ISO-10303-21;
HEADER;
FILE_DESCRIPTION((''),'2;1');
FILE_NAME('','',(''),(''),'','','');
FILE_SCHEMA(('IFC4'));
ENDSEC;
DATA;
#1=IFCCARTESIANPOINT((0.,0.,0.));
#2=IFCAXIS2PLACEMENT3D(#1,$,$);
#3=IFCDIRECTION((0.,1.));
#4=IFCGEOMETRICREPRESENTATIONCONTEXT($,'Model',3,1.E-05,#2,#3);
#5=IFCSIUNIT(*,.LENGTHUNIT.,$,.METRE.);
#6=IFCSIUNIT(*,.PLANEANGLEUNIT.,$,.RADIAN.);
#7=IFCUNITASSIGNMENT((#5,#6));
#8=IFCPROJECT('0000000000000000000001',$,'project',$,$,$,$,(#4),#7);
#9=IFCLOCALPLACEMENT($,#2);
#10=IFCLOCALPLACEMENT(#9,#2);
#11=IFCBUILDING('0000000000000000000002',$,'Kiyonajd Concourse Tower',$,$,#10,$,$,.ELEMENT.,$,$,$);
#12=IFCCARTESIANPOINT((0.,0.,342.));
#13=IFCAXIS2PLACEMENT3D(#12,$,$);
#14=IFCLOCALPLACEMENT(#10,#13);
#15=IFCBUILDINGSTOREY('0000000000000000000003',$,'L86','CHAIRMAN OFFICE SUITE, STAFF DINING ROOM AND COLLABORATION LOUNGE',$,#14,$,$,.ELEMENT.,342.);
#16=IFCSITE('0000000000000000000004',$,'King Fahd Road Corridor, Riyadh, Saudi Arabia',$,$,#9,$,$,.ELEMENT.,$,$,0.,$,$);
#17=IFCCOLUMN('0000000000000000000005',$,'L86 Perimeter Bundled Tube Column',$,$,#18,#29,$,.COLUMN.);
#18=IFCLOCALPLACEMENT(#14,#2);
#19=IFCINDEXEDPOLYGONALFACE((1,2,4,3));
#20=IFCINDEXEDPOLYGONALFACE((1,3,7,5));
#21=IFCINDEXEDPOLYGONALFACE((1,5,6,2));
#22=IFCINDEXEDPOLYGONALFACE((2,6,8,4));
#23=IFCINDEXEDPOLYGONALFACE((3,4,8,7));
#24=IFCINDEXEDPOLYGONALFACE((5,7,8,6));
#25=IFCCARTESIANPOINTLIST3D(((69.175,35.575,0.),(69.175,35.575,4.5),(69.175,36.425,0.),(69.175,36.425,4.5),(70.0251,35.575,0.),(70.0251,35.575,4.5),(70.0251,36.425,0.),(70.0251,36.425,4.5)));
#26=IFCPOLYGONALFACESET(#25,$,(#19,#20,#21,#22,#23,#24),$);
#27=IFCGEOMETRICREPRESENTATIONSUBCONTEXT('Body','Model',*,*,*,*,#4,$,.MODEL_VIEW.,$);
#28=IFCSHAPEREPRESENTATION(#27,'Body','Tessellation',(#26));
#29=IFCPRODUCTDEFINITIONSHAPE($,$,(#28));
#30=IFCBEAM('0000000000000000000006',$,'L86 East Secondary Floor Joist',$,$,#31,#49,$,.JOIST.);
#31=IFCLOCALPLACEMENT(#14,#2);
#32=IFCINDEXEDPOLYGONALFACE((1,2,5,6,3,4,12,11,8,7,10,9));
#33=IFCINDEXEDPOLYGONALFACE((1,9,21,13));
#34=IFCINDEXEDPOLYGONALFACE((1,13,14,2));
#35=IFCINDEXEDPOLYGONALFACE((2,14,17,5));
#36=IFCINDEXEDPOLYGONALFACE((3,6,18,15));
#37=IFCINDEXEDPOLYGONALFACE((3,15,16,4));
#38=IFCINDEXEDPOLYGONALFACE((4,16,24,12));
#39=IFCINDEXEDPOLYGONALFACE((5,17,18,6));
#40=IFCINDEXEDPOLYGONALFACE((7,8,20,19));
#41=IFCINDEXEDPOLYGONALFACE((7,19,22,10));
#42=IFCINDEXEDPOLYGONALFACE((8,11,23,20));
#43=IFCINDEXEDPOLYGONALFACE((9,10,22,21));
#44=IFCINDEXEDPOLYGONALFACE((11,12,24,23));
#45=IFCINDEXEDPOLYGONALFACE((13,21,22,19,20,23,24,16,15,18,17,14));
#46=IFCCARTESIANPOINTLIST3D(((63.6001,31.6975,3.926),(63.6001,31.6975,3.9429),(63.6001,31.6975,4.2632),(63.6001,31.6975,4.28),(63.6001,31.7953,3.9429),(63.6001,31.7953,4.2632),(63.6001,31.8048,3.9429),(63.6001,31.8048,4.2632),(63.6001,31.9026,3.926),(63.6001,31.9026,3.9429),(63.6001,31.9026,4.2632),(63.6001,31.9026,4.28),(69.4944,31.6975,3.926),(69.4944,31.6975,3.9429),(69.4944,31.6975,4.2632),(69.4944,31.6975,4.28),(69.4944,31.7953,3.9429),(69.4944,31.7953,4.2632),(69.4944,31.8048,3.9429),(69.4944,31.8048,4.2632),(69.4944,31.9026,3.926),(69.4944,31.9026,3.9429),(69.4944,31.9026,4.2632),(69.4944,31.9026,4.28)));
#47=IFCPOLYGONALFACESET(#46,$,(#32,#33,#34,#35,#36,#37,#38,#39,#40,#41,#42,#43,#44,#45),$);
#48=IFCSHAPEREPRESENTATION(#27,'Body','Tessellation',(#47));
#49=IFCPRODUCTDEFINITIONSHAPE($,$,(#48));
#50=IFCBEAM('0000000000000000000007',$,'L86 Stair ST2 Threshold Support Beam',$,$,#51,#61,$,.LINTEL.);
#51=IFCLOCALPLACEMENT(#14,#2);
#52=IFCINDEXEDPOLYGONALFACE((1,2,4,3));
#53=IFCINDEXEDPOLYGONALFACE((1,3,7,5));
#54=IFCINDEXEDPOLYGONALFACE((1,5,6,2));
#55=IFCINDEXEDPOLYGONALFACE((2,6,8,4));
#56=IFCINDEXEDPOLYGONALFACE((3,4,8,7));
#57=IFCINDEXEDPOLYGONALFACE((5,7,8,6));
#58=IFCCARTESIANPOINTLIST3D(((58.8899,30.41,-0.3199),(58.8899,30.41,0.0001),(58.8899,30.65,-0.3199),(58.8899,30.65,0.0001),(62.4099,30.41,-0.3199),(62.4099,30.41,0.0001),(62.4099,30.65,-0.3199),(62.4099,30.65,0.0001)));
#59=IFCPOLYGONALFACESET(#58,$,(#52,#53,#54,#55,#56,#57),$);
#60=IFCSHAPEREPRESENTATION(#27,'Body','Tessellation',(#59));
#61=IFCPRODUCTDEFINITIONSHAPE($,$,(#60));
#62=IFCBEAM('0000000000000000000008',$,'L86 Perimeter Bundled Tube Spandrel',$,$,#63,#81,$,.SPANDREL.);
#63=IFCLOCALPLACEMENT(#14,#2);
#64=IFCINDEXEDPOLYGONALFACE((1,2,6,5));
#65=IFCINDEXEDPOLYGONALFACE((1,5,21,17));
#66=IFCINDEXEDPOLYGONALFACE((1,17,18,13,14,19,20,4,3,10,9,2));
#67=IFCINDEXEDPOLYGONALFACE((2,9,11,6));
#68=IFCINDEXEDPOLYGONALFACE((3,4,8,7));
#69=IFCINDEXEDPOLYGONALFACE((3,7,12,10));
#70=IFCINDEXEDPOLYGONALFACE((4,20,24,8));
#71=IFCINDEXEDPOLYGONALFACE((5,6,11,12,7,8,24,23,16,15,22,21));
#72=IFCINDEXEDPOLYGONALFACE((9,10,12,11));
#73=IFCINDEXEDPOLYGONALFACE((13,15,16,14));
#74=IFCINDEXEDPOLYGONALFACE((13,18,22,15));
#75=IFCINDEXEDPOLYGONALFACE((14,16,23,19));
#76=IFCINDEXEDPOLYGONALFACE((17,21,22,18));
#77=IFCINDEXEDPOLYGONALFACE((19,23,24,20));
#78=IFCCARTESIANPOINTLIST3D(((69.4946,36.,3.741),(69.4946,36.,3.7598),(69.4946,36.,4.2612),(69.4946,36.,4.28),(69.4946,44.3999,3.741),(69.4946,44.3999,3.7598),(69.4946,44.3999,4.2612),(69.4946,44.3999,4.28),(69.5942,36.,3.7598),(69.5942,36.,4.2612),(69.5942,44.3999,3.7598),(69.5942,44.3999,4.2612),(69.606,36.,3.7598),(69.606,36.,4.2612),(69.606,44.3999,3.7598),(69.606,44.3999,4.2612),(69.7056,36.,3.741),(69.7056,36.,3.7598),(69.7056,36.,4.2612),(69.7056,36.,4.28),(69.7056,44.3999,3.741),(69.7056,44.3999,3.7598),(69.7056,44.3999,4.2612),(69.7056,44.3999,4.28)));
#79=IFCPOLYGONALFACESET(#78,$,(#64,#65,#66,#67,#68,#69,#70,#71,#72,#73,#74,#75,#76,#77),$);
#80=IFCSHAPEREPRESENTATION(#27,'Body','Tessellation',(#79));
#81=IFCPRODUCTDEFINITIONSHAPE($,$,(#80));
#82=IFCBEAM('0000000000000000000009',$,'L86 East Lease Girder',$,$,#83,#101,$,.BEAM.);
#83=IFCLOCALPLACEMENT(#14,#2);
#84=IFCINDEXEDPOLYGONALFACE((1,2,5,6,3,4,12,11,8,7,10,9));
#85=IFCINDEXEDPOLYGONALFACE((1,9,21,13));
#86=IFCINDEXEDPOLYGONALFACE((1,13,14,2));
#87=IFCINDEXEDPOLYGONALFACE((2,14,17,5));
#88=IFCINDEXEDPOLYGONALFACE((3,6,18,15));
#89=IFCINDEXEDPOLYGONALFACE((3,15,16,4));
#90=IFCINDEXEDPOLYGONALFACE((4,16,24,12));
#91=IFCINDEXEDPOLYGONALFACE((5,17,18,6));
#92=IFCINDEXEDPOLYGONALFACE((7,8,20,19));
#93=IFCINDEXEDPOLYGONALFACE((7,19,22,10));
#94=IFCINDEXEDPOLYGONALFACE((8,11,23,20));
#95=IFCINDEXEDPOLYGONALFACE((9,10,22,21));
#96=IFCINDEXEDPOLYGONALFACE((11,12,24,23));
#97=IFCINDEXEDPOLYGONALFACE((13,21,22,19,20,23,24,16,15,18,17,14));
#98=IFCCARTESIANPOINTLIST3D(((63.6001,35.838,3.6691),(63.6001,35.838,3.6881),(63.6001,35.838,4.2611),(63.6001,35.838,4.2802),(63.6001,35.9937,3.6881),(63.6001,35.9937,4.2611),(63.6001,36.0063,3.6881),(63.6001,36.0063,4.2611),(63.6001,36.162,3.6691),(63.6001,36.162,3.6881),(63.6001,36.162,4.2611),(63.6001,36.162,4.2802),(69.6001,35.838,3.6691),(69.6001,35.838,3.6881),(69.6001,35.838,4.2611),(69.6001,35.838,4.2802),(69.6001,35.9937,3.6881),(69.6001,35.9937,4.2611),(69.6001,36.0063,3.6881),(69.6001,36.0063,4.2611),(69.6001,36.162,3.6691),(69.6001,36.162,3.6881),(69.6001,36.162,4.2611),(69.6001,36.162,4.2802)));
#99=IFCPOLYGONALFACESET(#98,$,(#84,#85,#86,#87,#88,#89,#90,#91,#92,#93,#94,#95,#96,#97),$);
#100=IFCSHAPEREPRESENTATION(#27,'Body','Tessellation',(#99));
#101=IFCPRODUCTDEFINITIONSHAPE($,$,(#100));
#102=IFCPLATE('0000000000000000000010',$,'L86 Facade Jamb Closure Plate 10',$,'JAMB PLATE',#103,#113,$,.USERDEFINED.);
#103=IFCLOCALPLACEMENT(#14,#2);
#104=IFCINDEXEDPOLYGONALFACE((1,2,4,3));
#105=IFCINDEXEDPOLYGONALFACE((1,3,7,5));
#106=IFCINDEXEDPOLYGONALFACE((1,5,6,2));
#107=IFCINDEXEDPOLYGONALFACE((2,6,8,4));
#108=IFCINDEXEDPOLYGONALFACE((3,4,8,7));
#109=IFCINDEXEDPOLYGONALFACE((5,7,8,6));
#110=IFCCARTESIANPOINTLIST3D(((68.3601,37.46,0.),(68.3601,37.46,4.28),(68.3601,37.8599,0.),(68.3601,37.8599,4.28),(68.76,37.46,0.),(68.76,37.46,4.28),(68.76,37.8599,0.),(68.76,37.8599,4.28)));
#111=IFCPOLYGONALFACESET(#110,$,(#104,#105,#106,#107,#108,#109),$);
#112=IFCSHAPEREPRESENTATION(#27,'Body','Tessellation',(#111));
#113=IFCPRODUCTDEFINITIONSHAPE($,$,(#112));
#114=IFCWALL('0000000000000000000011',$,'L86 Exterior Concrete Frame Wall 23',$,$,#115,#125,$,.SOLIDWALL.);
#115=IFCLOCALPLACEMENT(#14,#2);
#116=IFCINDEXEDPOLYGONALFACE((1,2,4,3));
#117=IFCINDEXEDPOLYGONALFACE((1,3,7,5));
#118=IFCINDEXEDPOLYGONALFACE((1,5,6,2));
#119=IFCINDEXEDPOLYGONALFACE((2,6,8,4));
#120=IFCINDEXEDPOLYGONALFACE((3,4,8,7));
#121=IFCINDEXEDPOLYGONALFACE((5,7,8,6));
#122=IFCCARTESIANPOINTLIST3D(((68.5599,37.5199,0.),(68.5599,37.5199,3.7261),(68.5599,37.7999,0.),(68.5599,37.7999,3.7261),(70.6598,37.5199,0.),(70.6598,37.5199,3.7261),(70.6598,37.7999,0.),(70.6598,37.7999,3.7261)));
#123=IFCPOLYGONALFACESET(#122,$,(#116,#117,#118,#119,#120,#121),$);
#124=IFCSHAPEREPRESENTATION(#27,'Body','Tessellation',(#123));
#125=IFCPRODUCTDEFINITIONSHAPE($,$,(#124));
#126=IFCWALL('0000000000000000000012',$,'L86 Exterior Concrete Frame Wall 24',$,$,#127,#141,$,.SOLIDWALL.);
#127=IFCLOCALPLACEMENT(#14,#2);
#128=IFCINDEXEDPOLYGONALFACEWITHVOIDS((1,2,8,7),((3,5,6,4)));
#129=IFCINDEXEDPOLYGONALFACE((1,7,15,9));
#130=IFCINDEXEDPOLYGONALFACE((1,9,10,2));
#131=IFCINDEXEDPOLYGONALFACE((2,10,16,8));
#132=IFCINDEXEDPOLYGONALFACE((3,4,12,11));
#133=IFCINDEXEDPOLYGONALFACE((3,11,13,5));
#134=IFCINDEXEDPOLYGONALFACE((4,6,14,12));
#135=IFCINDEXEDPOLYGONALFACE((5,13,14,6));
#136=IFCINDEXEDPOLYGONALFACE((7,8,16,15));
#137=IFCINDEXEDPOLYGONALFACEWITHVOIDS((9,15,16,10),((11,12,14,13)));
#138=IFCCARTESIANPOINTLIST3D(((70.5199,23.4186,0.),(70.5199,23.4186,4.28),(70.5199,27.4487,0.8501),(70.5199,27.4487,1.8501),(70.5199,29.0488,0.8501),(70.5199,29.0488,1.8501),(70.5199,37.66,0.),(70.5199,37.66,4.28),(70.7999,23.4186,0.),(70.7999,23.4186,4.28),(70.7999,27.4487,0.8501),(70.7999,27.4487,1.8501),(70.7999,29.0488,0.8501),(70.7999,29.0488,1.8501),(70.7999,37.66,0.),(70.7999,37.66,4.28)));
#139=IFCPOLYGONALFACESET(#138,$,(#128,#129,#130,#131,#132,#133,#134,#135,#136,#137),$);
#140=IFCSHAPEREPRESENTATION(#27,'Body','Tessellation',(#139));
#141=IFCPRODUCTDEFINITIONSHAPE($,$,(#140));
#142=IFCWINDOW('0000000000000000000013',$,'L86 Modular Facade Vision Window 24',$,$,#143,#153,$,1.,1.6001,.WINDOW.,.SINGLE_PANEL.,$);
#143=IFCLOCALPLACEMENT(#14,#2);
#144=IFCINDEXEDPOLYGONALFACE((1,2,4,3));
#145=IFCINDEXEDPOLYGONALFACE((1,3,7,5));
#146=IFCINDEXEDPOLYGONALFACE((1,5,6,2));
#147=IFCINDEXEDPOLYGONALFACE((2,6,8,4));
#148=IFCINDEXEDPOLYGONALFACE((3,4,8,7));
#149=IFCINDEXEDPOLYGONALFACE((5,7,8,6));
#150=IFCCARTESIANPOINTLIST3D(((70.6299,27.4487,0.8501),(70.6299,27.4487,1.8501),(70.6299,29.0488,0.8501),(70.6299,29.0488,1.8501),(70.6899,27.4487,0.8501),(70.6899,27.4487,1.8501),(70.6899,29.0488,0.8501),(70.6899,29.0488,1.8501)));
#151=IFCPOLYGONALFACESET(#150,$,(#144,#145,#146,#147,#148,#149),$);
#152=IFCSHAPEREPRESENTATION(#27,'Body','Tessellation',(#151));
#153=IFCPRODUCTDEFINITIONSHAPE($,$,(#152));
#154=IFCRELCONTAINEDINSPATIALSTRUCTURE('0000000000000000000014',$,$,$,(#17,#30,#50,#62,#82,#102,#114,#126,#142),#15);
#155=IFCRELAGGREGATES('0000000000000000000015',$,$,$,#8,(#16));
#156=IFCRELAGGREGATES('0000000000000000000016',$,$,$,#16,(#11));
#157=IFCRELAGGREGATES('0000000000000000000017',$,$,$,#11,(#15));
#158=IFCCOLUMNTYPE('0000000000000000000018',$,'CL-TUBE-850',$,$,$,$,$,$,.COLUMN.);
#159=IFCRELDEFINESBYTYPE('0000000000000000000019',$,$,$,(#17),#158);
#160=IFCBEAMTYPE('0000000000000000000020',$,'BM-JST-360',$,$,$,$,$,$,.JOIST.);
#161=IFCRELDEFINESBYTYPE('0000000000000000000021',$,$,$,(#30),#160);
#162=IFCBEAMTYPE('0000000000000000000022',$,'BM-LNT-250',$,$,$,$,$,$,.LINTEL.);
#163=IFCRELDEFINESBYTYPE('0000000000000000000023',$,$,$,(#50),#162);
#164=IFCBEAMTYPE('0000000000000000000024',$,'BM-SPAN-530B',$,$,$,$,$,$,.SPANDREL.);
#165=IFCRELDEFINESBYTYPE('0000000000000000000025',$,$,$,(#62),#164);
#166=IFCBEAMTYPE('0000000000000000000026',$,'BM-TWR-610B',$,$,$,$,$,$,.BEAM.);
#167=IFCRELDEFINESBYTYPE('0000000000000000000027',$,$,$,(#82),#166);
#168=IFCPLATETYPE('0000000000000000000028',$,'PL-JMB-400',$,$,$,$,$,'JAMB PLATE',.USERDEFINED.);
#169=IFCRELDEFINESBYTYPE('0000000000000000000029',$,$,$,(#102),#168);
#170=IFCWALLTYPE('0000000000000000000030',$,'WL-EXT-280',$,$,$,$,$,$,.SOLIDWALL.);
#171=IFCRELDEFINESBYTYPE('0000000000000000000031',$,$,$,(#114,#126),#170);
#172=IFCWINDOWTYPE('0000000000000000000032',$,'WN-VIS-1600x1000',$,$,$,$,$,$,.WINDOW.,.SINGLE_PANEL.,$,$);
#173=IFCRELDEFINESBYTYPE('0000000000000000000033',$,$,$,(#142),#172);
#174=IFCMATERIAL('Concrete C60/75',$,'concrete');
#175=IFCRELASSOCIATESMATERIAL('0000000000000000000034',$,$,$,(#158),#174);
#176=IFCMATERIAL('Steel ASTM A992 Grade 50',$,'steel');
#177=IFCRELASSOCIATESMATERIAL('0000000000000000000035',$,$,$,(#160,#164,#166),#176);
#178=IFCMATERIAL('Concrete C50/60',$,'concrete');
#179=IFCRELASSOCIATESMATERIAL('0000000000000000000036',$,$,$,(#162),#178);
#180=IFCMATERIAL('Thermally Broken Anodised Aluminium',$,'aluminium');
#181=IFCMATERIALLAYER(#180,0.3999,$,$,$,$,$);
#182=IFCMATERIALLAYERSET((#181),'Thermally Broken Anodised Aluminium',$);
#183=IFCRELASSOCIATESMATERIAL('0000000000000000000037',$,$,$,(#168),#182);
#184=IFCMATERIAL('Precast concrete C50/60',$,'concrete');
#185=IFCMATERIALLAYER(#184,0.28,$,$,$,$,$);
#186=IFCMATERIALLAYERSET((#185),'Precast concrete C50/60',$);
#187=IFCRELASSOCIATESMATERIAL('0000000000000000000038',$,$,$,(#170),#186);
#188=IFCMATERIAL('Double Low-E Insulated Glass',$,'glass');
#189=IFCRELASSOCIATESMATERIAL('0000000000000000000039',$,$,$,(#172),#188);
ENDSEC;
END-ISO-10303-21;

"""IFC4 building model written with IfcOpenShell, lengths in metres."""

from ifc_helpers import new_model, si_unit, direction, frame, frame_2d, origin, origin_2d, place, context, subcontext, project, spatial, rectangle, i_section, extrude, material, layer, layer_set, material_profile, profile_set, type_object, element, fill, save


model = new_model("IFC4")

# Units and contexts
model_context = context("Model", 3, precision=1e-05, world=origin(), true_north=direction((0.0, 1.0)))
body_context = subcontext(model_context, "Body", "Model", "MODEL_VIEW")
ifc_project = project(units=[si_unit("LENGTHUNIT", "METRE"), si_unit("PLANEANGLEUNIT", "RADIAN")], contexts=[model_context])

# Site, building, storey
site_placement = place(None, origin())
site = spatial("IfcSite", under=ifc_project, at=site_placement, Name="King Fahd Road Corridor, Riyadh, Saudi Arabia", CompositionType="ELEMENT", RefElevation=0.0)
building_placement = place(site_placement, origin())
building = spatial("IfcBuilding", under=site, at=building_placement, Name="Kiyonajd Concourse Tower", CompositionType="ELEMENT")
storey_placement = place(building_placement, frame((0.0, 0.0, 342.0)))
storey = spatial("IfcBuildingStorey", under=building, at=storey_placement, Name="L86", Description="CHAIRMAN OFFICE SUITE, STAFF DINING ROOM AND COLLABORATION LOUNGE", CompositionType="ELEMENT", Elevation=342.0)

# Column
ifc_material_1 = material(Name="Concrete C60/75", Category="concrete")
ifc_material_profile_1 = material_profile(ifc_material_1, rectangle(XDim=0.8501, YDim=0.8501, at=origin_2d()), Name="RC-850x850")
ifc_profile_set_1 = profile_set([ifc_material_profile_1], Name="Concrete C60/75")
column_type = type_object("IfcColumnType", Name="CL-TUBE-850", PredefinedType="COLUMN", material=ifc_profile_set_1)
column_placement = place(storey_placement, frame((69.6001, 36.0, 0.0), z_axis=(0.0, 0.0, 1.0), x_axis=(1.0, 0.0, 0.0)))
element("IfcColumn", 1, at=column_placement, inside=storey, type_object=column_type, Name="L86 Perimeter Bundled Tube Column", PredefinedType="COLUMN", context=body_context, shape_type="SweptSolid", body=[
    extrude(rectangle(XDim=0.8501, YDim=0.8501, at=origin_2d()), origin(), (0.0, 0.0, 1.0), 4.5),
])

# Beams
ifc_material_2 = material(Name="Steel ASTM A992 Grade 50", Category="steel")
ifc_material_profile_2 = material_profile(ifc_material_2, i_section(OverallWidth=0.2051, OverallDepth=0.354, WebThickness=0.0095, FlangeThickness=0.0168, at=origin_2d()), Name="W360X79")
ifc_profile_set_2 = profile_set([ifc_material_profile_2], Name="Steel ASTM A992 Grade 50")
beam_type_1 = type_object("IfcBeamType", Name="BM-JST-360", PredefinedType="JOIST", material=ifc_profile_set_2)
beam_1_placement = place(storey_placement, frame((63.6001, 31.8, 4.103), z_axis=(1.0, 0.0, 0.0), x_axis=(0.0, 1.0, 0.0)))
element("IfcBeam", 2, at=beam_1_placement, inside=storey, type_object=beam_type_1, Name="L86 East Secondary Floor Joist", PredefinedType="JOIST", context=body_context, shape_type="SweptSolid", body=[
    extrude(i_section(OverallWidth=0.2051, OverallDepth=0.354, WebThickness=0.0095, FlangeThickness=0.0168, at=origin_2d()), origin(), (0.0, 0.0, 1.0), 5.8943),
])
ifc_material_3 = material(Name="Concrete C50/60", Category="concrete")
ifc_material_profile_3 = material_profile(ifc_material_3, rectangle(XDim=0.24, YDim=0.3201, at=origin_2d()), Name="RCBM-240x320")
ifc_profile_set_3 = profile_set([ifc_material_profile_3], Name="Concrete C50/60")
beam_type_2 = type_object("IfcBeamType", Name="BM-LNT-250", PredefinedType="LINTEL", material=ifc_profile_set_3)
beam_2_placement = place(storey_placement, frame((58.8899, 30.53, -0.1599), z_axis=(1.0, 0.0, 0.0), x_axis=(0.0, 1.0, 0.0)))
element("IfcBeam", 3, at=beam_2_placement, inside=storey, type_object=beam_type_2, Name="L86 Stair ST2 Threshold Support Beam", PredefinedType="LINTEL", context=body_context, shape_type="SweptSolid", body=[
    extrude(rectangle(XDim=0.24, YDim=0.3201, at=origin_2d()), origin(), (0.0, 0.0, 1.0), 3.52),
])
ifc_material_profile_4 = material_profile(ifc_material_2, i_section(OverallWidth=0.2109, OverallDepth=0.5391, WebThickness=0.0117, FlangeThickness=0.0188, at=origin_2d()), Name="W530X109")
ifc_profile_set_4 = profile_set([ifc_material_profile_4], Name="Steel ASTM A992 Grade 50")
beam_type_3 = type_object("IfcBeamType", Name="BM-SPAN-530B", PredefinedType="SPANDREL", material=ifc_profile_set_4)
beam_3_placement = place(storey_placement, frame((69.6001, 36.0, 4.0105), z_axis=(0.0, 1.0, 0.0), x_axis=(-1.0, 0.0, 0.0)))
element("IfcBeam", 4, at=beam_3_placement, inside=storey, type_object=beam_type_3, Name="L86 Perimeter Bundled Tube Spandrel", PredefinedType="SPANDREL", context=body_context, shape_type="SweptSolid", body=[
    extrude(i_section(OverallWidth=0.2109, OverallDepth=0.5391, WebThickness=0.0117, FlangeThickness=0.0188, at=origin_2d()), origin(), (0.0, 0.0, 1.0), 8.3999),
])
ifc_material_profile_5 = material_profile(ifc_material_2, i_section(OverallWidth=0.324, OverallDepth=0.6111, WebThickness=0.0127, FlangeThickness=0.019, at=origin_2d()), Name="W610X155")
ifc_profile_set_5 = profile_set([ifc_material_profile_5], Name="Steel ASTM A992 Grade 50")
beam_type_4 = type_object("IfcBeamType", Name="BM-TWR-610B", PredefinedType="BEAM", material=ifc_profile_set_5)
beam_4_placement = place(storey_placement, frame((63.6001, 36.0, 3.9746), z_axis=(1.0, 0.0, 0.0), x_axis=(0.0, 1.0, 0.0)))
element("IfcBeam", 5, at=beam_4_placement, inside=storey, type_object=beam_type_4, Name="L86 East Lease Girder", PredefinedType="BEAM", context=body_context, shape_type="SweptSolid", body=[
    extrude(i_section(OverallWidth=0.324, OverallDepth=0.6111, WebThickness=0.0127, FlangeThickness=0.019, at=origin_2d()), origin(), (0.0, 0.0, 1.0), 6.0),
])

# Plate
ifc_material_4 = material(Name="Thermally Broken Anodised Aluminium", Category="aluminium")
ifc_layer_1 = layer(ifc_material_4, 0.3999)
ifc_layer_set_1 = layer_set([ifc_layer_1], Name="Thermally Broken Anodised Aluminium")
plate_type = type_object("IfcPlateType", Name="PL-JMB-400", ElementType="JAMB PLATE", PredefinedType="USERDEFINED", material=ifc_layer_set_1)
plate_placement = place(storey_placement, frame((68.5601, 37.6599, 0.0), z_axis=(0.0, 0.0, 1.0), x_axis=(1.0, 0.0, 0.0)))
element("IfcPlate", 6, at=plate_placement, inside=storey, type_object=plate_type, Name="L86 Facade Jamb Closure Plate 10", ObjectType="JAMB PLATE", PredefinedType="USERDEFINED", context=body_context, shape_type="SweptSolid", body=[
    extrude(rectangle(XDim=0.3999, YDim=0.3999, at=origin_2d()), origin(), (0.0, 0.0, 1.0), 4.28),
])

# Wall
ifc_material_5 = material(Name="Precast concrete C50/60", Category="concrete")
ifc_layer_2 = layer(ifc_material_5, 0.28)
ifc_layer_set_2 = layer_set([ifc_layer_2], Name="Precast concrete C50/60")
wall_type_1 = type_object("IfcWallType", Name="WL-EXT-280", PredefinedType="SOLIDWALL", material=ifc_layer_set_2)
wall_1_placement = place(storey_placement, frame((68.5601, 37.6599, 0.0), z_axis=(0.0, 0.0, 1.0), x_axis=(1.0, 0.0, 0.0)))
element("IfcWall", 7, at=wall_1_placement, inside=storey, type_object=wall_type_1, Name="L86 Exterior Concrete Frame Wall 23", PredefinedType="SOLIDWALL", context=body_context, shape_type="SweptSolid", body=[
    extrude(rectangle(XDim=2.0999, YDim=0.28, at=frame_2d((1.0498, 0.0))), origin(), (0.0, 0.0, 1.0), 3.7261),
])

# Wall, opening, window
wall_2_placement = place(storey_placement, frame((70.6599, 37.6599, 0.0), z_axis=(0.0, 0.0, 1.0), x_axis=(0.0, -1.0, 0.0)))
wall_2 = element("IfcWall", 8, at=wall_2_placement, inside=storey, type_object=wall_type_1, Name="L86 Exterior Concrete Frame Wall 24", PredefinedType="SOLIDWALL", context=body_context, shape_type="SweptSolid", body=[
    extrude(rectangle(XDim=14.2415, YDim=0.28, at=frame_2d((7.1206, 0.0))), origin(), (0.0, 0.0, 1.0), 4.28),
])
opening_1_placement = place(wall_2_placement, frame((8.6111, 0.0, 0.8501)))
opening_1 = element("IfcOpeningElement", 9, at=opening_1_placement, cuts=wall_2, PredefinedType="OPENING", context=body_context, shape_type="SweptSolid", body=[
    extrude(rectangle(XDim=1.6001, YDim=1.0, at=frame_2d((0.8, 0.5))), frame((0.0, 0.1499, 0.0), z_axis=(0.0, -1.0, 0.0), x_axis=(1.0, 0.0, 0.0)), (0.0, 0.0, 1.0), 0.3),
])
ifc_material_6 = material(Name="Double Low-E Insulated Glass", Category="glass")
window_type = type_object("IfcWindowType", Name="WN-VIS-1600x1000", PartitioningType="SINGLE_PANEL", PredefinedType="WINDOW", material=ifc_material_6)
window_placement = place(opening_1_placement, origin())
window = element("IfcWindow", 10, at=window_placement, inside=storey, type_object=window_type, Name="L86 Modular Facade Vision Window 24", OverallHeight=1.0, OverallWidth=1.6001, PartitioningType="SINGLE_PANEL", PredefinedType="WINDOW", context=body_context, shape_type="SweptSolid", body=[
    extrude(rectangle(XDim=1.6001, YDim=1.0, at=frame_2d((0.8, 0.5))), frame((0.0, 0.03, 0.0), z_axis=(0.0, -1.0, 0.0), x_axis=(1.0, 0.0, 0.0)), (0.0, 0.0, 1.0), 0.0601),
])
fill(opening_1, window)

save(model, "model.ifc")
